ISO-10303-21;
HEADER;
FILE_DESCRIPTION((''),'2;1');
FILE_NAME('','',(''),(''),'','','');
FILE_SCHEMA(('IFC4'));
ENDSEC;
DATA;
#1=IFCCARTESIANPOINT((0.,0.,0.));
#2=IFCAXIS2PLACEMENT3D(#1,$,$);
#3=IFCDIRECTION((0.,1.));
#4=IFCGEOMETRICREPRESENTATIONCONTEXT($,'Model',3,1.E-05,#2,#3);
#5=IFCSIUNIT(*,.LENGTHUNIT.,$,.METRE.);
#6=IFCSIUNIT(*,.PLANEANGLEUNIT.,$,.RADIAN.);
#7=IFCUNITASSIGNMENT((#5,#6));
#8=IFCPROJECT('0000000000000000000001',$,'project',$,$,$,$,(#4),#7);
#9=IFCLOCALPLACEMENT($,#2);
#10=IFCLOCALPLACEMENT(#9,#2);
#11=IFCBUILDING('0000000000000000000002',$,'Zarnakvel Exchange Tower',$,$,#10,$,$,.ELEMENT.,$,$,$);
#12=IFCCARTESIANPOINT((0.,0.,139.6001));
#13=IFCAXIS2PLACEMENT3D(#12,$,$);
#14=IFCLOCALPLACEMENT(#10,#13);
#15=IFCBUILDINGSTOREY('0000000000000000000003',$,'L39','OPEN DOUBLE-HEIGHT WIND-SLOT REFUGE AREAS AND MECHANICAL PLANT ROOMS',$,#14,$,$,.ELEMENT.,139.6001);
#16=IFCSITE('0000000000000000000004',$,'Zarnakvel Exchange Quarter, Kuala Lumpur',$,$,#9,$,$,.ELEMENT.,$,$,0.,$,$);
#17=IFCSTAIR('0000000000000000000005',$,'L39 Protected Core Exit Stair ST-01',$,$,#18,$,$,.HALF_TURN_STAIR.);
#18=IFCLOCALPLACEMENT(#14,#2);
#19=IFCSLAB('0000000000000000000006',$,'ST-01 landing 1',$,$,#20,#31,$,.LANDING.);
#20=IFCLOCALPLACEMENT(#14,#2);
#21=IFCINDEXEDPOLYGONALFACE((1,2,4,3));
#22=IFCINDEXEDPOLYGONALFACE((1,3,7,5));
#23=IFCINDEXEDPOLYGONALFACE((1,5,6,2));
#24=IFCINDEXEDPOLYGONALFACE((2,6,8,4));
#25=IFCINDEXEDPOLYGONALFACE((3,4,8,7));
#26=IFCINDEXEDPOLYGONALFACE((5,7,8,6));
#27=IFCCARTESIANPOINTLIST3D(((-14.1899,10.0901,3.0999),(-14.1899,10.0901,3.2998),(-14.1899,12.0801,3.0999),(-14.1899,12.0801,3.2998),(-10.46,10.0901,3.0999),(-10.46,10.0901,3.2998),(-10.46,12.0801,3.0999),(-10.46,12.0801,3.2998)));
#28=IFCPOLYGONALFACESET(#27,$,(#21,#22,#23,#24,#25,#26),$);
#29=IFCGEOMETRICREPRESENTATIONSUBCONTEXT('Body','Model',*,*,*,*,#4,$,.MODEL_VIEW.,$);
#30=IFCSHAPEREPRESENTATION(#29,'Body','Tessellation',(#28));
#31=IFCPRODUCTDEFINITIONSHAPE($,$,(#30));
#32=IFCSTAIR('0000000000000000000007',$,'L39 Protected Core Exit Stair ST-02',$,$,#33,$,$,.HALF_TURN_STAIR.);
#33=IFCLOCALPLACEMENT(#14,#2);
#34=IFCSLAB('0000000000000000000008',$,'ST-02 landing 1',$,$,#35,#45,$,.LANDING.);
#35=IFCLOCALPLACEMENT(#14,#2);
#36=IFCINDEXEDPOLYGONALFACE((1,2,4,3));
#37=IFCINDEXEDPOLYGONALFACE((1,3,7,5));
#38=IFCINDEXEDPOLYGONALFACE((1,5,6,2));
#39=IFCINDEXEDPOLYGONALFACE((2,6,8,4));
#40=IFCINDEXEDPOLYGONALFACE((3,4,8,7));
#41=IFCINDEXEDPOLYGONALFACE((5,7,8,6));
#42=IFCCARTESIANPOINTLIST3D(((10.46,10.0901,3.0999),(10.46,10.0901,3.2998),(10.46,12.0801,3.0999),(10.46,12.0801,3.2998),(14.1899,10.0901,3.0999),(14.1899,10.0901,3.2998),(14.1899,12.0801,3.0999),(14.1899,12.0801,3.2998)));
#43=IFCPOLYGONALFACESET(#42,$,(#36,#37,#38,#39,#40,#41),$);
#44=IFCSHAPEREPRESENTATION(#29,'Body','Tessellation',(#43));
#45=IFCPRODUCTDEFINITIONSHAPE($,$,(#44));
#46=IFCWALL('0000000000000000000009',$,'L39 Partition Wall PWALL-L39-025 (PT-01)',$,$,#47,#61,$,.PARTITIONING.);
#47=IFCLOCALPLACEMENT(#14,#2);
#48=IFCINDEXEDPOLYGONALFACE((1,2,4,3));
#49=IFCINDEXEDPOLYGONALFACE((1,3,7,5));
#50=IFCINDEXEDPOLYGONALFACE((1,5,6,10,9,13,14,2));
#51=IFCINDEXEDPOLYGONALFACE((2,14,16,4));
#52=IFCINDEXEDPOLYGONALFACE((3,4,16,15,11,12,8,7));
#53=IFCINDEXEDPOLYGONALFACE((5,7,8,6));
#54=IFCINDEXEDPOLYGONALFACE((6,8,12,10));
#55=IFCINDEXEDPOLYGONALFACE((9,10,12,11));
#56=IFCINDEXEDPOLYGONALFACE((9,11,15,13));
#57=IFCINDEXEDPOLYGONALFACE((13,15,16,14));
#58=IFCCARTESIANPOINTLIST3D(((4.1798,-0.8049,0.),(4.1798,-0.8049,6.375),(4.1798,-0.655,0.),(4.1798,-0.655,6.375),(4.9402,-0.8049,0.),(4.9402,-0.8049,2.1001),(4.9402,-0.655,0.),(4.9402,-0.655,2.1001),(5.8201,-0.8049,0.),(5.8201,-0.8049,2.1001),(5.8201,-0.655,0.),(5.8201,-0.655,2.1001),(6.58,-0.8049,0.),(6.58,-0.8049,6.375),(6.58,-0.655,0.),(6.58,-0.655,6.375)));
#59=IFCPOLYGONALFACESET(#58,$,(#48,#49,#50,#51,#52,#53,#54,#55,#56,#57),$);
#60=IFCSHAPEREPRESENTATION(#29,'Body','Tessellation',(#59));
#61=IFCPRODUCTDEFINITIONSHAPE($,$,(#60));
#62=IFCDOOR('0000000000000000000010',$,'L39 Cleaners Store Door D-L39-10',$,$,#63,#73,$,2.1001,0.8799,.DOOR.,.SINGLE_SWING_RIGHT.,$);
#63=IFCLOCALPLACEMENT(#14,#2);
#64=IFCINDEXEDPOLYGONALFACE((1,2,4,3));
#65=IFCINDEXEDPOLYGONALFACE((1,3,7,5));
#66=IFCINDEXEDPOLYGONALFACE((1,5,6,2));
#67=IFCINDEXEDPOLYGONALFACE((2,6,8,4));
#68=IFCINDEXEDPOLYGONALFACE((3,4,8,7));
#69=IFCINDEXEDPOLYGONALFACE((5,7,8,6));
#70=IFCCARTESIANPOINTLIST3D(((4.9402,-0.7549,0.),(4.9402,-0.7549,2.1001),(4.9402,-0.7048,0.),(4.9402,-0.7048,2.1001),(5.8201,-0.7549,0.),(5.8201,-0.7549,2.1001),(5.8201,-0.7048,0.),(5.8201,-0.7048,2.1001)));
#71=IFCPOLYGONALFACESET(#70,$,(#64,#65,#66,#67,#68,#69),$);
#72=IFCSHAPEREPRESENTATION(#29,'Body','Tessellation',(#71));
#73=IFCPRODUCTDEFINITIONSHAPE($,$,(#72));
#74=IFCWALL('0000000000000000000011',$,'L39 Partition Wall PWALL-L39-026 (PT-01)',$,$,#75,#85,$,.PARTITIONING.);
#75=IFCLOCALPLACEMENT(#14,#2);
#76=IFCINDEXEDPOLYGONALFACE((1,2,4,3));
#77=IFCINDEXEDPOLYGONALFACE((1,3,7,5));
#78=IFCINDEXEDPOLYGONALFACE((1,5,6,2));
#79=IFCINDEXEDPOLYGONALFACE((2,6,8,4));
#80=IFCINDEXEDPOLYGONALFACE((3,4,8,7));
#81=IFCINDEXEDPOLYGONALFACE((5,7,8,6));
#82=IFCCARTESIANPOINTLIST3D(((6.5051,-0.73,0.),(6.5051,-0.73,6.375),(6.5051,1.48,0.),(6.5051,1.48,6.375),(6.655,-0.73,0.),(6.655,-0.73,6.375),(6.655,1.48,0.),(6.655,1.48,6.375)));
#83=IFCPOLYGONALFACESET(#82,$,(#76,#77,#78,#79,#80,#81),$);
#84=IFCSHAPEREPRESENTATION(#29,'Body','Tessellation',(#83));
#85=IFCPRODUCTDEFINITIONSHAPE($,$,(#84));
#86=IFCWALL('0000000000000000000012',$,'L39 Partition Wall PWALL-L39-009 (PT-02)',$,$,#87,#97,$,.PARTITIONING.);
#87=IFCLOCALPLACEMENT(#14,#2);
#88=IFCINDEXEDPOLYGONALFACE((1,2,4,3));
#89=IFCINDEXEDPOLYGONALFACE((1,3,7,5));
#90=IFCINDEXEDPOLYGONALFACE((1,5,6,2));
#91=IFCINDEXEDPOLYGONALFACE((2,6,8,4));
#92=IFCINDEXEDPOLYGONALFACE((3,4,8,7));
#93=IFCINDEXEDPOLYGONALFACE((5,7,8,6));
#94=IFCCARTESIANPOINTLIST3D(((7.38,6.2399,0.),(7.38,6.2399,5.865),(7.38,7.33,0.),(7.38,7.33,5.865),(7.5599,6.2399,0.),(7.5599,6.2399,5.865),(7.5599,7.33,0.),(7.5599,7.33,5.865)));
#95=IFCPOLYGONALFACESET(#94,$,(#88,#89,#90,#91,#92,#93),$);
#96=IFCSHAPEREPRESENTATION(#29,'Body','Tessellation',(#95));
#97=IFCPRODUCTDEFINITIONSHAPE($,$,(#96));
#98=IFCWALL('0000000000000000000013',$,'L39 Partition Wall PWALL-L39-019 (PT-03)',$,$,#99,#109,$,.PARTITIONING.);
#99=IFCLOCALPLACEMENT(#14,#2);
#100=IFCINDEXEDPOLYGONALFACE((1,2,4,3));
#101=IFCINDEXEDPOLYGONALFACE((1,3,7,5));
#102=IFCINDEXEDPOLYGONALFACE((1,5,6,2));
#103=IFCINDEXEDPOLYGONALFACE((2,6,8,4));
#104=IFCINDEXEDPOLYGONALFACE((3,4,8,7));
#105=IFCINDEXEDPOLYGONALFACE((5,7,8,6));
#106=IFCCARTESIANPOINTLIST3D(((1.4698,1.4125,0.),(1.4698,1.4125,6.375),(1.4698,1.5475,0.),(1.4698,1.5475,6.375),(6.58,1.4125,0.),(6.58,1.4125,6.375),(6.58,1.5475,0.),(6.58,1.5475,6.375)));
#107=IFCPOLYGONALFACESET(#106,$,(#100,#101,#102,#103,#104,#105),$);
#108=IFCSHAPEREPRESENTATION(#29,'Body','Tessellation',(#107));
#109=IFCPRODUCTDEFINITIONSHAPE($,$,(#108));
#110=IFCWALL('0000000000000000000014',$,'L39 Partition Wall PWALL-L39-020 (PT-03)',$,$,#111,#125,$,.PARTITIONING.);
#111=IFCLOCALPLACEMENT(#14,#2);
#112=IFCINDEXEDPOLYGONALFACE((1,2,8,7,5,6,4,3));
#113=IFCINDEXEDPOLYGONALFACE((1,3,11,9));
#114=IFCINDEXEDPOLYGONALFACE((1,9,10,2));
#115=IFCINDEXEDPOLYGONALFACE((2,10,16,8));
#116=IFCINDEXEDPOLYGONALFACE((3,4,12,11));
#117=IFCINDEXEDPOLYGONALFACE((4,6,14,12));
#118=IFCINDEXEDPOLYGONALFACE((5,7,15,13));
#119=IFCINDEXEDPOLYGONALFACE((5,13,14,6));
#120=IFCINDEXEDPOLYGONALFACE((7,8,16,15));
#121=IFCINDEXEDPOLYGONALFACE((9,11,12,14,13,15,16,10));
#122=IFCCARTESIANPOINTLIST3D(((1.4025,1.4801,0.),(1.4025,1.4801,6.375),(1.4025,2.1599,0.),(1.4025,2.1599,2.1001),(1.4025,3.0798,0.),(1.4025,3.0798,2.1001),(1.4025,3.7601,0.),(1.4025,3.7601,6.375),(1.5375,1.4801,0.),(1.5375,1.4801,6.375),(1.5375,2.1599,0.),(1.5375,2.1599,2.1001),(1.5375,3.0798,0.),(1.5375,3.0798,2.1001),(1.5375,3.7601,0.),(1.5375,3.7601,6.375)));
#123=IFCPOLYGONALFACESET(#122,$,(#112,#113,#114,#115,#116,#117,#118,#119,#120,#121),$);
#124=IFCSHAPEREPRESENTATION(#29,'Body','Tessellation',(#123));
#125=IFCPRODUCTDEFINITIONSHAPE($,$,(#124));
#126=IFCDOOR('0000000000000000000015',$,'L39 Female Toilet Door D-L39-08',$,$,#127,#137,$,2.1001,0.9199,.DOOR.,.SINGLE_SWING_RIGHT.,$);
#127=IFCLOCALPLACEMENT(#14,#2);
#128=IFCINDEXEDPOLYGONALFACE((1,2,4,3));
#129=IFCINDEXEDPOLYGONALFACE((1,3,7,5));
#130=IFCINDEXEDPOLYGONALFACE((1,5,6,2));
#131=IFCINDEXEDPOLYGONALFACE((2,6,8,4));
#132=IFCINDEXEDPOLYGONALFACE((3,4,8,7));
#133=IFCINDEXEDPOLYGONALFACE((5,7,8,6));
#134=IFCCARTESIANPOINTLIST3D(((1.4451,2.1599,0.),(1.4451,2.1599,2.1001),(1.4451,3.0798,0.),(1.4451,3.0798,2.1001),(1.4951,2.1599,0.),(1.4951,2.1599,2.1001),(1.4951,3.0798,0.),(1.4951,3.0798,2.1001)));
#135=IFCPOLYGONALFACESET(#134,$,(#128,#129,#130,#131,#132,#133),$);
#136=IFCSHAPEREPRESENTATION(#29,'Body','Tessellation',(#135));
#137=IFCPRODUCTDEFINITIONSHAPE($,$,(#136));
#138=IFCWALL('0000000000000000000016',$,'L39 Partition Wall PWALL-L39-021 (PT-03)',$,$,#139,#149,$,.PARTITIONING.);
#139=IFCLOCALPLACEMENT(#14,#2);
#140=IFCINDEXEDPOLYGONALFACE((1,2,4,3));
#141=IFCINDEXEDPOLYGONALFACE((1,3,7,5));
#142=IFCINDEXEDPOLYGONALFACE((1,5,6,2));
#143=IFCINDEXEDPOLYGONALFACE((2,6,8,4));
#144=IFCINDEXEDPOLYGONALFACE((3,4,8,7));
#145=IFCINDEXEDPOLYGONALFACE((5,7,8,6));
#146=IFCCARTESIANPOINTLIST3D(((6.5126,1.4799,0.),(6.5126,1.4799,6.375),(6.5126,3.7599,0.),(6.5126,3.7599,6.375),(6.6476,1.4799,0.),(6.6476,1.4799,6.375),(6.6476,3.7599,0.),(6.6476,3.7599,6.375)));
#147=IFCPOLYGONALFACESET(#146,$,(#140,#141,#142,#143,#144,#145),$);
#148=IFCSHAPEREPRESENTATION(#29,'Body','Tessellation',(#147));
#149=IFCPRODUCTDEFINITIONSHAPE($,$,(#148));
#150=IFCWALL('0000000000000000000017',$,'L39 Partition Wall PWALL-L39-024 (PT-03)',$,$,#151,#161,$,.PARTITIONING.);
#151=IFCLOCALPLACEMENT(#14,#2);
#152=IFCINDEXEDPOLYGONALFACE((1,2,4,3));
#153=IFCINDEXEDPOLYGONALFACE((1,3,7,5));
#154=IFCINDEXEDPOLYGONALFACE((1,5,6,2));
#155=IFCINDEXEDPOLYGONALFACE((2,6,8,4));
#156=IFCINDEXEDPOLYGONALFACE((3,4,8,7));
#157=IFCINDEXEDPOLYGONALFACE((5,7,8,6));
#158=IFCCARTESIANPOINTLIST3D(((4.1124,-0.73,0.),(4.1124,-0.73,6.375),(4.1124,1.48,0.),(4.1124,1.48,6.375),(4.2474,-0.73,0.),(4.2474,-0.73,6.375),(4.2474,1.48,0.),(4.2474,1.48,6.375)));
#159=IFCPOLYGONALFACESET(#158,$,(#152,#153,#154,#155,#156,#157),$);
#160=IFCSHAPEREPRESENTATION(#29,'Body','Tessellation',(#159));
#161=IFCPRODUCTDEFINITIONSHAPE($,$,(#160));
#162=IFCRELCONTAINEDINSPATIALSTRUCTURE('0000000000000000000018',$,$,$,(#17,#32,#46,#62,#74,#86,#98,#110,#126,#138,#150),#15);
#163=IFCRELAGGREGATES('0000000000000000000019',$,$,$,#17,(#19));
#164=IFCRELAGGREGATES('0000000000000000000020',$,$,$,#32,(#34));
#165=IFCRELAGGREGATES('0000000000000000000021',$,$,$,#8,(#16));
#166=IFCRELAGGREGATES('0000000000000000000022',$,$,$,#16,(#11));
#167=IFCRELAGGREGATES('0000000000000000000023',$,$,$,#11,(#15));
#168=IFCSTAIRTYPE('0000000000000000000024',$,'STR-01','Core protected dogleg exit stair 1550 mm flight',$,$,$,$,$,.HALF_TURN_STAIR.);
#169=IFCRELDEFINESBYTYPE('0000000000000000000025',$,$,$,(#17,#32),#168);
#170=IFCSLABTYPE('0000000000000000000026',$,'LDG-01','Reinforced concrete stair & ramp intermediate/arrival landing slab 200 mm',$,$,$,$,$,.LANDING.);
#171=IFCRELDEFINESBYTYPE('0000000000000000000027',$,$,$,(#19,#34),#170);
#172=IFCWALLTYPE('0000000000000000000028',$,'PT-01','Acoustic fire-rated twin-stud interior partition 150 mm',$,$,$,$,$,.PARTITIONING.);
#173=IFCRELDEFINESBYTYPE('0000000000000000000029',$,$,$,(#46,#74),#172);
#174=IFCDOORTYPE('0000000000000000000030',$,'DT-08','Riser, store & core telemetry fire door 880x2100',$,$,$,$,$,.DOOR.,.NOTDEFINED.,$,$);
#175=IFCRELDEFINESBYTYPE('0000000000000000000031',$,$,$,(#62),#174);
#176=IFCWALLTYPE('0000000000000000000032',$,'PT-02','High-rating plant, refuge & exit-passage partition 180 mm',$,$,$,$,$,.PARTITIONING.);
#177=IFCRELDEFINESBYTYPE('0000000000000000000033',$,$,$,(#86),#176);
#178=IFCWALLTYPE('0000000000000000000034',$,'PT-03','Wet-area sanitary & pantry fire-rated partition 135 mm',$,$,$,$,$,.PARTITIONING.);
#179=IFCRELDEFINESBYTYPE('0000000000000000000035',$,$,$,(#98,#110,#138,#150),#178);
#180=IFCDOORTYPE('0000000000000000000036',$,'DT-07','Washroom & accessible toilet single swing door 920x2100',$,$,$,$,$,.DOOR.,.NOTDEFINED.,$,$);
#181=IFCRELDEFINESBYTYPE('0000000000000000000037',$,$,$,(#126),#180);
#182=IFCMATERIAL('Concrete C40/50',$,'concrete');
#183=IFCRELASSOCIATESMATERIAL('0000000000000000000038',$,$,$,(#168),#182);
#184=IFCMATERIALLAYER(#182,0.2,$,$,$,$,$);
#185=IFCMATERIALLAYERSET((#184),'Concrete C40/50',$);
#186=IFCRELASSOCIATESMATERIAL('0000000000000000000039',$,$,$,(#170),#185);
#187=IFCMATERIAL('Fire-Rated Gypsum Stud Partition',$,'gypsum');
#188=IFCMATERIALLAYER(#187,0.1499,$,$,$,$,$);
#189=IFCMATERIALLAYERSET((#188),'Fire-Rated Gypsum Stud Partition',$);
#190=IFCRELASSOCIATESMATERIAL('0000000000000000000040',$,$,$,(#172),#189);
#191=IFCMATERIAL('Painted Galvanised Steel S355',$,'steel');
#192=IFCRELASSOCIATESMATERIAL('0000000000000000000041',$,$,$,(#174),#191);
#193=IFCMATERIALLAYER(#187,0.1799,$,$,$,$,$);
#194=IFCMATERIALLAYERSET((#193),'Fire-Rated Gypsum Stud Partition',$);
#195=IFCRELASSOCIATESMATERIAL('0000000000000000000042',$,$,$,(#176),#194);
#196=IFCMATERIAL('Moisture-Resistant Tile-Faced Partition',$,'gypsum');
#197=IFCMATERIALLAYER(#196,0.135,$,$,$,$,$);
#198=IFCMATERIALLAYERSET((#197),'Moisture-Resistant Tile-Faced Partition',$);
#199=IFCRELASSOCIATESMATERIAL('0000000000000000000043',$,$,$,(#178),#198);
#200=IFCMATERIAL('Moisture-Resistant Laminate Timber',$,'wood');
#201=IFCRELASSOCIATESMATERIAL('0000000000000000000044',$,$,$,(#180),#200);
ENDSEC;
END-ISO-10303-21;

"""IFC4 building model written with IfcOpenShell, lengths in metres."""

from ifc_helpers import new_model, si_unit, direction, frame, frame_2d, origin, place, context, subcontext, project, spatial, polyline, rectangle, outline, extrude, source, transform, mapped, material, layer, layer_set, type_object, element, fill, aggregate, save


model = new_model("IFC4")

# Units and contexts
model_context = context("Model", 3, precision=1e-05, world=origin(), true_north=direction((0.0, 1.0)))
body_context = subcontext(model_context, "Body", "Model", "MODEL_VIEW")
ifc_project = project(units=[si_unit("LENGTHUNIT", "METRE"), si_unit("PLANEANGLEUNIT", "RADIAN")], contexts=[model_context])

# Site, building, storey
site_placement = place(None, origin())
site = spatial("IfcSite", under=ifc_project, at=site_placement, Name="Zarnakvel Exchange Quarter, Kuala Lumpur", CompositionType="ELEMENT", RefElevation=0.0)
building_placement = place(site_placement, origin())
building = spatial("IfcBuilding", under=site, at=building_placement, Name="Zarnakvel Exchange Tower", CompositionType="ELEMENT")
storey_placement = place(building_placement, frame((0.0, 0.0, 139.6001)))
storey = spatial("IfcBuildingStorey", under=building, at=storey_placement, Name="L39", Description="OPEN DOUBLE-HEIGHT WIND-SLOT REFUGE AREAS AND MECHANICAL PLANT ROOMS", CompositionType="ELEMENT", Elevation=139.6001)

# Stairs, slabs
ifc_material_1 = material(Name="Concrete C40/50", Category="concrete")
stair_type = type_object("IfcStairType", Name="STR-01", Description="Core protected dogleg exit stair 1550 mm flight", PredefinedType="HALF_TURN_STAIR", material=ifc_material_1)
stair_1_placement = place(storey_placement, origin())
stair_1 = element("IfcStair", 1, at=stair_1_placement, inside=storey, type_object=stair_type, Name="L39 Protected Core Exit Stair ST-01", PredefinedType="HALF_TURN_STAIR")
ifc_layer_1 = layer(ifc_material_1, 0.2)
ifc_layer_set_1 = layer_set([ifc_layer_1], Name="Concrete C40/50")
slab_type = type_object("IfcSlabType", Name="LDG-01", Description="Reinforced concrete stair & ramp intermediate/arrival landing slab 200 mm", PredefinedType="LANDING", material=ifc_layer_set_1)
slab_1_placement = place(storey_placement, frame((0.0, 0.0, 3.0999)))
slab_1 = element("IfcSlab", 2, at=slab_1_placement, type_object=slab_type, Name="ST-01 landing 1", PredefinedType="LANDING", context=body_context, shape_type="SweptSolid", body=[
    extrude(outline(polyline([(-14.1899, 10.0901), (-10.46, 10.0901), (-10.46, 12.0801), (-14.1899, 12.0801), (-14.1899, 10.0901)])), origin(), (0.0, 0.0, 1.0), 0.2),
])
aggregate(stair_1, [slab_1])
stair_2_placement = place(storey_placement, origin())
stair_2 = element("IfcStair", 3, at=stair_2_placement, inside=storey, type_object=stair_type, Name="L39 Protected Core Exit Stair ST-02", PredefinedType="HALF_TURN_STAIR")
slab_2_placement = place(storey_placement, frame((0.0, 0.0, 3.0999)))
slab_2 = element("IfcSlab", 4, at=slab_2_placement, type_object=slab_type, Name="ST-02 landing 1", PredefinedType="LANDING", context=body_context, shape_type="SweptSolid", body=[
    extrude(outline(polyline([(10.46, 10.0901), (14.1899, 10.0901), (14.1899, 12.0801), (10.46, 12.0801), (10.46, 10.0901)])), origin(), (0.0, 0.0, 1.0), 0.2),
])
aggregate(stair_2, [slab_2])

# Wall, opening, door
ifc_material_2 = material(Name="Fire-Rated Gypsum Stud Partition", Category="gypsum")
ifc_layer_2 = layer(ifc_material_2, 0.1499)
ifc_layer_set_2 = layer_set([ifc_layer_2], Name="Fire-Rated Gypsum Stud Partition")
wall_type_1 = type_object("IfcWallType", Name="PT-01", Description="Acoustic fire-rated twin-stud interior partition 150 mm", PredefinedType="PARTITIONING", material=ifc_layer_set_2)
wall_1_placement = place(storey_placement, frame((6.5801, -0.73, 0.0), z_axis=(0.0, 0.0, 1.0), x_axis=(-1.0, 0.0, 0.0)))
wall_1 = element("IfcWall", 5, at=wall_1_placement, inside=storey, type_object=wall_type_1, Name="L39 Partition Wall PWALL-L39-025 (PT-01)", PredefinedType="PARTITIONING", context=body_context, shape_type="SweptSolid", body=[
    extrude(rectangle(XDim=2.4001, YDim=0.1499, at=frame_2d((1.2002, 0.0))), origin(), (0.0, 0.0, 1.0), 6.375),
])
opening_1_placement = place(wall_1_placement, frame((0.76, 0.0, 0.0)))
opening_1 = element("IfcOpeningElement", 6, at=opening_1_placement, cuts=wall_1, PredefinedType="OPENING", context=body_context, shape_type="SweptSolid", body=[
    extrude(rectangle(XDim=0.8799, YDim=2.1001, at=frame_2d((0.4399, 1.05))), frame((0.0, 0.085, 0.0), z_axis=(0.0, -1.0, 0.0), x_axis=(1.0, 0.0, 0.0)), (0.0, 0.0, 1.0), 0.1699),
])
ifc_material_3 = material(Name="Painted Galvanised Steel S355", Category="steel")
door_type_1 = type_object("IfcDoorType", Name="DT-08", Description="Riser, store & core telemetry fire door 880x2100", OperationType="NOTDEFINED", PredefinedType="DOOR", material=ifc_material_3)
shared_shape_1 = source(origin(), body_context, "Body", "SweptSolid", [
    extrude(rectangle(XDim=0.8799, YDim=2.1001, at=frame_2d((0.4399, 1.05))), frame((0.0, 0.0249, 0.0), z_axis=(0.0, -1.0, 0.0), x_axis=(1.0, 0.0, 0.0)), (0.0, 0.0, 1.0), 0.05),
])
door_1_placement = place(opening_1_placement, origin())
door_1 = element("IfcDoor", 7, at=door_1_placement, inside=storey, type_object=door_type_1, Name="L39 Cleaners Store Door D-L39-10", OperationType="SINGLE_SWING_RIGHT", OverallHeight=2.1001, OverallWidth=0.8799, PredefinedType="DOOR", context=body_context, shape_type="MappedRepresentation", body=[
    mapped(shared_shape_1, transform((0.0, 0.0, 0.0), x_axis=(1.0, 0.0, 0.0), y_axis=(0.0, 1.0, 0.0), z_axis=(0.0, 0.0, 1.0), scale=1.0)),
])
fill(opening_1, door_1)

# Walls
wall_2_placement = place(storey_placement, frame((6.5801, 1.48, 0.0), z_axis=(0.0, 0.0, 1.0), x_axis=(0.0, -1.0, 0.0)))
element("IfcWall", 8, at=wall_2_placement, inside=storey, type_object=wall_type_1, Name="L39 Partition Wall PWALL-L39-026 (PT-01)", PredefinedType="PARTITIONING", context=body_context, shape_type="SweptSolid", body=[
    extrude(rectangle(XDim=2.21, YDim=0.1499, at=frame_2d((1.105, 0.0))), origin(), (0.0, 0.0, 1.0), 6.375),
])
ifc_layer_3 = layer(ifc_material_2, 0.1799)
ifc_layer_set_3 = layer_set([ifc_layer_3], Name="Fire-Rated Gypsum Stud Partition")
wall_type_2 = type_object("IfcWallType", Name="PT-02", Description="High-rating plant, refuge & exit-passage partition 180 mm", PredefinedType="PARTITIONING", material=ifc_layer_set_3)
wall_3_placement = place(storey_placement, frame((7.47, 6.24, 0.0), z_axis=(0.0, 0.0, 1.0), x_axis=(0.0, 1.0, 0.0)))
element("IfcWall", 9, at=wall_3_placement, inside=storey, type_object=wall_type_2, Name="L39 Partition Wall PWALL-L39-009 (PT-02)", PredefinedType="PARTITIONING", context=body_context, shape_type="SweptSolid", body=[
    extrude(rectangle(XDim=1.0901, YDim=0.1799, at=frame_2d((0.5449, 0.0))), origin(), (0.0, 0.0, 1.0), 5.865),
])
ifc_material_4 = material(Name="Moisture-Resistant Tile-Faced Partition", Category="gypsum")
ifc_layer_4 = layer(ifc_material_4, 0.135)
ifc_layer_set_4 = layer_set([ifc_layer_4], Name="Moisture-Resistant Tile-Faced Partition")
wall_type_3 = type_object("IfcWallType", Name="PT-03", Description="Wet-area sanitary & pantry fire-rated partition 135 mm", PredefinedType="PARTITIONING", material=ifc_layer_set_4)
wall_4_placement = place(storey_placement, frame((6.5801, 1.48, 0.0), z_axis=(0.0, 0.0, 1.0), x_axis=(-1.0, 0.0, 0.0)))
element("IfcWall", 10, at=wall_4_placement, inside=storey, type_object=wall_type_3, Name="L39 Partition Wall PWALL-L39-019 (PT-03)", PredefinedType="PARTITIONING", context=body_context, shape_type="SweptSolid", body=[
    extrude(rectangle(XDim=5.1101, YDim=0.135, at=frame_2d((2.5552, 0.0))), origin(), (0.0, 0.0, 1.0), 6.375),
])

# Wall, opening, door
wall_5_placement = place(storey_placement, frame((1.47, 1.48, 0.0), z_axis=(0.0, 0.0, 1.0), x_axis=(0.0, 1.0, 0.0)))
wall_5 = element("IfcWall", 11, at=wall_5_placement, inside=storey, type_object=wall_type_3, Name="L39 Partition Wall PWALL-L39-020 (PT-03)", PredefinedType="PARTITIONING", context=body_context, shape_type="SweptSolid", body=[
    extrude(rectangle(XDim=2.28, YDim=0.135, at=frame_2d((1.1401, 0.0))), origin(), (0.0, 0.0, 1.0), 6.375),
])
opening_2_placement = place(wall_5_placement, frame((0.6799, 0.0, 0.0)))
opening_2 = element("IfcOpeningElement", 12, at=opening_2_placement, cuts=wall_5, PredefinedType="OPENING", context=body_context, shape_type="SweptSolid", body=[
    extrude(rectangle(XDim=0.9199, YDim=2.1001, at=frame_2d((0.46, 1.05))), frame((0.0, 0.0774, 0.0), z_axis=(0.0, -1.0, 0.0), x_axis=(1.0, 0.0, 0.0)), (0.0, 0.0, 1.0), 0.155),
])
ifc_material_5 = material(Name="Moisture-Resistant Laminate Timber", Category="wood")
door_type_2 = type_object("IfcDoorType", Name="DT-07", Description="Washroom & accessible toilet single swing door 920x2100", OperationType="NOTDEFINED", PredefinedType="DOOR", material=ifc_material_5)
shared_shape_2 = source(origin(), body_context, "Body", "SweptSolid", [
    extrude(rectangle(XDim=0.9199, YDim=2.1001, at=frame_2d((0.46, 1.05))), frame((0.0, 0.0249, 0.0), z_axis=(0.0, -1.0, 0.0), x_axis=(1.0, 0.0, 0.0)), (0.0, 0.0, 1.0), 0.05),
])
door_2_placement = place(opening_2_placement, origin())
door_2 = element("IfcDoor", 13, at=door_2_placement, inside=storey, type_object=door_type_2, Name="L39 Female Toilet Door D-L39-08", OperationType="SINGLE_SWING_RIGHT", OverallHeight=2.1001, OverallWidth=0.9199, PredefinedType="DOOR", context=body_context, shape_type="MappedRepresentation", body=[
    mapped(shared_shape_2, transform((0.0, 0.0, 0.0), x_axis=(1.0, 0.0, 0.0), y_axis=(0.0, 1.0, 0.0), z_axis=(0.0, 0.0, 1.0), scale=1.0)),
])
fill(opening_2, door_2)

# Walls
wall_6_placement = place(storey_placement, frame((6.5801, 3.76, 0.0), z_axis=(0.0, 0.0, 1.0), x_axis=(0.0, -1.0, 0.0)))
element("IfcWall", 14, at=wall_6_placement, inside=storey, type_object=wall_type_3, Name="L39 Partition Wall PWALL-L39-021 (PT-03)", PredefinedType="PARTITIONING", context=body_context, shape_type="SweptSolid", body=[
    extrude(rectangle(XDim=2.28, YDim=0.135, at=frame_2d((1.1401, 0.0))), origin(), (0.0, 0.0, 1.0), 6.375),
])
wall_7_placement = place(storey_placement, frame((4.1799, 1.48, 0.0), z_axis=(0.0, 0.0, 1.0), x_axis=(0.0, -1.0, 0.0)))
element("IfcWall", 15, at=wall_7_placement, inside=storey, type_object=wall_type_3, Name="L39 Partition Wall PWALL-L39-024 (PT-03)", PredefinedType="PARTITIONING", context=body_context, shape_type="SweptSolid", body=[
    extrude(rectangle(XDim=2.21, YDim=0.135, at=frame_2d((1.105, 0.0))), origin(), (0.0, 0.0, 1.0), 6.375),
])

save(model, "model.ifc")
